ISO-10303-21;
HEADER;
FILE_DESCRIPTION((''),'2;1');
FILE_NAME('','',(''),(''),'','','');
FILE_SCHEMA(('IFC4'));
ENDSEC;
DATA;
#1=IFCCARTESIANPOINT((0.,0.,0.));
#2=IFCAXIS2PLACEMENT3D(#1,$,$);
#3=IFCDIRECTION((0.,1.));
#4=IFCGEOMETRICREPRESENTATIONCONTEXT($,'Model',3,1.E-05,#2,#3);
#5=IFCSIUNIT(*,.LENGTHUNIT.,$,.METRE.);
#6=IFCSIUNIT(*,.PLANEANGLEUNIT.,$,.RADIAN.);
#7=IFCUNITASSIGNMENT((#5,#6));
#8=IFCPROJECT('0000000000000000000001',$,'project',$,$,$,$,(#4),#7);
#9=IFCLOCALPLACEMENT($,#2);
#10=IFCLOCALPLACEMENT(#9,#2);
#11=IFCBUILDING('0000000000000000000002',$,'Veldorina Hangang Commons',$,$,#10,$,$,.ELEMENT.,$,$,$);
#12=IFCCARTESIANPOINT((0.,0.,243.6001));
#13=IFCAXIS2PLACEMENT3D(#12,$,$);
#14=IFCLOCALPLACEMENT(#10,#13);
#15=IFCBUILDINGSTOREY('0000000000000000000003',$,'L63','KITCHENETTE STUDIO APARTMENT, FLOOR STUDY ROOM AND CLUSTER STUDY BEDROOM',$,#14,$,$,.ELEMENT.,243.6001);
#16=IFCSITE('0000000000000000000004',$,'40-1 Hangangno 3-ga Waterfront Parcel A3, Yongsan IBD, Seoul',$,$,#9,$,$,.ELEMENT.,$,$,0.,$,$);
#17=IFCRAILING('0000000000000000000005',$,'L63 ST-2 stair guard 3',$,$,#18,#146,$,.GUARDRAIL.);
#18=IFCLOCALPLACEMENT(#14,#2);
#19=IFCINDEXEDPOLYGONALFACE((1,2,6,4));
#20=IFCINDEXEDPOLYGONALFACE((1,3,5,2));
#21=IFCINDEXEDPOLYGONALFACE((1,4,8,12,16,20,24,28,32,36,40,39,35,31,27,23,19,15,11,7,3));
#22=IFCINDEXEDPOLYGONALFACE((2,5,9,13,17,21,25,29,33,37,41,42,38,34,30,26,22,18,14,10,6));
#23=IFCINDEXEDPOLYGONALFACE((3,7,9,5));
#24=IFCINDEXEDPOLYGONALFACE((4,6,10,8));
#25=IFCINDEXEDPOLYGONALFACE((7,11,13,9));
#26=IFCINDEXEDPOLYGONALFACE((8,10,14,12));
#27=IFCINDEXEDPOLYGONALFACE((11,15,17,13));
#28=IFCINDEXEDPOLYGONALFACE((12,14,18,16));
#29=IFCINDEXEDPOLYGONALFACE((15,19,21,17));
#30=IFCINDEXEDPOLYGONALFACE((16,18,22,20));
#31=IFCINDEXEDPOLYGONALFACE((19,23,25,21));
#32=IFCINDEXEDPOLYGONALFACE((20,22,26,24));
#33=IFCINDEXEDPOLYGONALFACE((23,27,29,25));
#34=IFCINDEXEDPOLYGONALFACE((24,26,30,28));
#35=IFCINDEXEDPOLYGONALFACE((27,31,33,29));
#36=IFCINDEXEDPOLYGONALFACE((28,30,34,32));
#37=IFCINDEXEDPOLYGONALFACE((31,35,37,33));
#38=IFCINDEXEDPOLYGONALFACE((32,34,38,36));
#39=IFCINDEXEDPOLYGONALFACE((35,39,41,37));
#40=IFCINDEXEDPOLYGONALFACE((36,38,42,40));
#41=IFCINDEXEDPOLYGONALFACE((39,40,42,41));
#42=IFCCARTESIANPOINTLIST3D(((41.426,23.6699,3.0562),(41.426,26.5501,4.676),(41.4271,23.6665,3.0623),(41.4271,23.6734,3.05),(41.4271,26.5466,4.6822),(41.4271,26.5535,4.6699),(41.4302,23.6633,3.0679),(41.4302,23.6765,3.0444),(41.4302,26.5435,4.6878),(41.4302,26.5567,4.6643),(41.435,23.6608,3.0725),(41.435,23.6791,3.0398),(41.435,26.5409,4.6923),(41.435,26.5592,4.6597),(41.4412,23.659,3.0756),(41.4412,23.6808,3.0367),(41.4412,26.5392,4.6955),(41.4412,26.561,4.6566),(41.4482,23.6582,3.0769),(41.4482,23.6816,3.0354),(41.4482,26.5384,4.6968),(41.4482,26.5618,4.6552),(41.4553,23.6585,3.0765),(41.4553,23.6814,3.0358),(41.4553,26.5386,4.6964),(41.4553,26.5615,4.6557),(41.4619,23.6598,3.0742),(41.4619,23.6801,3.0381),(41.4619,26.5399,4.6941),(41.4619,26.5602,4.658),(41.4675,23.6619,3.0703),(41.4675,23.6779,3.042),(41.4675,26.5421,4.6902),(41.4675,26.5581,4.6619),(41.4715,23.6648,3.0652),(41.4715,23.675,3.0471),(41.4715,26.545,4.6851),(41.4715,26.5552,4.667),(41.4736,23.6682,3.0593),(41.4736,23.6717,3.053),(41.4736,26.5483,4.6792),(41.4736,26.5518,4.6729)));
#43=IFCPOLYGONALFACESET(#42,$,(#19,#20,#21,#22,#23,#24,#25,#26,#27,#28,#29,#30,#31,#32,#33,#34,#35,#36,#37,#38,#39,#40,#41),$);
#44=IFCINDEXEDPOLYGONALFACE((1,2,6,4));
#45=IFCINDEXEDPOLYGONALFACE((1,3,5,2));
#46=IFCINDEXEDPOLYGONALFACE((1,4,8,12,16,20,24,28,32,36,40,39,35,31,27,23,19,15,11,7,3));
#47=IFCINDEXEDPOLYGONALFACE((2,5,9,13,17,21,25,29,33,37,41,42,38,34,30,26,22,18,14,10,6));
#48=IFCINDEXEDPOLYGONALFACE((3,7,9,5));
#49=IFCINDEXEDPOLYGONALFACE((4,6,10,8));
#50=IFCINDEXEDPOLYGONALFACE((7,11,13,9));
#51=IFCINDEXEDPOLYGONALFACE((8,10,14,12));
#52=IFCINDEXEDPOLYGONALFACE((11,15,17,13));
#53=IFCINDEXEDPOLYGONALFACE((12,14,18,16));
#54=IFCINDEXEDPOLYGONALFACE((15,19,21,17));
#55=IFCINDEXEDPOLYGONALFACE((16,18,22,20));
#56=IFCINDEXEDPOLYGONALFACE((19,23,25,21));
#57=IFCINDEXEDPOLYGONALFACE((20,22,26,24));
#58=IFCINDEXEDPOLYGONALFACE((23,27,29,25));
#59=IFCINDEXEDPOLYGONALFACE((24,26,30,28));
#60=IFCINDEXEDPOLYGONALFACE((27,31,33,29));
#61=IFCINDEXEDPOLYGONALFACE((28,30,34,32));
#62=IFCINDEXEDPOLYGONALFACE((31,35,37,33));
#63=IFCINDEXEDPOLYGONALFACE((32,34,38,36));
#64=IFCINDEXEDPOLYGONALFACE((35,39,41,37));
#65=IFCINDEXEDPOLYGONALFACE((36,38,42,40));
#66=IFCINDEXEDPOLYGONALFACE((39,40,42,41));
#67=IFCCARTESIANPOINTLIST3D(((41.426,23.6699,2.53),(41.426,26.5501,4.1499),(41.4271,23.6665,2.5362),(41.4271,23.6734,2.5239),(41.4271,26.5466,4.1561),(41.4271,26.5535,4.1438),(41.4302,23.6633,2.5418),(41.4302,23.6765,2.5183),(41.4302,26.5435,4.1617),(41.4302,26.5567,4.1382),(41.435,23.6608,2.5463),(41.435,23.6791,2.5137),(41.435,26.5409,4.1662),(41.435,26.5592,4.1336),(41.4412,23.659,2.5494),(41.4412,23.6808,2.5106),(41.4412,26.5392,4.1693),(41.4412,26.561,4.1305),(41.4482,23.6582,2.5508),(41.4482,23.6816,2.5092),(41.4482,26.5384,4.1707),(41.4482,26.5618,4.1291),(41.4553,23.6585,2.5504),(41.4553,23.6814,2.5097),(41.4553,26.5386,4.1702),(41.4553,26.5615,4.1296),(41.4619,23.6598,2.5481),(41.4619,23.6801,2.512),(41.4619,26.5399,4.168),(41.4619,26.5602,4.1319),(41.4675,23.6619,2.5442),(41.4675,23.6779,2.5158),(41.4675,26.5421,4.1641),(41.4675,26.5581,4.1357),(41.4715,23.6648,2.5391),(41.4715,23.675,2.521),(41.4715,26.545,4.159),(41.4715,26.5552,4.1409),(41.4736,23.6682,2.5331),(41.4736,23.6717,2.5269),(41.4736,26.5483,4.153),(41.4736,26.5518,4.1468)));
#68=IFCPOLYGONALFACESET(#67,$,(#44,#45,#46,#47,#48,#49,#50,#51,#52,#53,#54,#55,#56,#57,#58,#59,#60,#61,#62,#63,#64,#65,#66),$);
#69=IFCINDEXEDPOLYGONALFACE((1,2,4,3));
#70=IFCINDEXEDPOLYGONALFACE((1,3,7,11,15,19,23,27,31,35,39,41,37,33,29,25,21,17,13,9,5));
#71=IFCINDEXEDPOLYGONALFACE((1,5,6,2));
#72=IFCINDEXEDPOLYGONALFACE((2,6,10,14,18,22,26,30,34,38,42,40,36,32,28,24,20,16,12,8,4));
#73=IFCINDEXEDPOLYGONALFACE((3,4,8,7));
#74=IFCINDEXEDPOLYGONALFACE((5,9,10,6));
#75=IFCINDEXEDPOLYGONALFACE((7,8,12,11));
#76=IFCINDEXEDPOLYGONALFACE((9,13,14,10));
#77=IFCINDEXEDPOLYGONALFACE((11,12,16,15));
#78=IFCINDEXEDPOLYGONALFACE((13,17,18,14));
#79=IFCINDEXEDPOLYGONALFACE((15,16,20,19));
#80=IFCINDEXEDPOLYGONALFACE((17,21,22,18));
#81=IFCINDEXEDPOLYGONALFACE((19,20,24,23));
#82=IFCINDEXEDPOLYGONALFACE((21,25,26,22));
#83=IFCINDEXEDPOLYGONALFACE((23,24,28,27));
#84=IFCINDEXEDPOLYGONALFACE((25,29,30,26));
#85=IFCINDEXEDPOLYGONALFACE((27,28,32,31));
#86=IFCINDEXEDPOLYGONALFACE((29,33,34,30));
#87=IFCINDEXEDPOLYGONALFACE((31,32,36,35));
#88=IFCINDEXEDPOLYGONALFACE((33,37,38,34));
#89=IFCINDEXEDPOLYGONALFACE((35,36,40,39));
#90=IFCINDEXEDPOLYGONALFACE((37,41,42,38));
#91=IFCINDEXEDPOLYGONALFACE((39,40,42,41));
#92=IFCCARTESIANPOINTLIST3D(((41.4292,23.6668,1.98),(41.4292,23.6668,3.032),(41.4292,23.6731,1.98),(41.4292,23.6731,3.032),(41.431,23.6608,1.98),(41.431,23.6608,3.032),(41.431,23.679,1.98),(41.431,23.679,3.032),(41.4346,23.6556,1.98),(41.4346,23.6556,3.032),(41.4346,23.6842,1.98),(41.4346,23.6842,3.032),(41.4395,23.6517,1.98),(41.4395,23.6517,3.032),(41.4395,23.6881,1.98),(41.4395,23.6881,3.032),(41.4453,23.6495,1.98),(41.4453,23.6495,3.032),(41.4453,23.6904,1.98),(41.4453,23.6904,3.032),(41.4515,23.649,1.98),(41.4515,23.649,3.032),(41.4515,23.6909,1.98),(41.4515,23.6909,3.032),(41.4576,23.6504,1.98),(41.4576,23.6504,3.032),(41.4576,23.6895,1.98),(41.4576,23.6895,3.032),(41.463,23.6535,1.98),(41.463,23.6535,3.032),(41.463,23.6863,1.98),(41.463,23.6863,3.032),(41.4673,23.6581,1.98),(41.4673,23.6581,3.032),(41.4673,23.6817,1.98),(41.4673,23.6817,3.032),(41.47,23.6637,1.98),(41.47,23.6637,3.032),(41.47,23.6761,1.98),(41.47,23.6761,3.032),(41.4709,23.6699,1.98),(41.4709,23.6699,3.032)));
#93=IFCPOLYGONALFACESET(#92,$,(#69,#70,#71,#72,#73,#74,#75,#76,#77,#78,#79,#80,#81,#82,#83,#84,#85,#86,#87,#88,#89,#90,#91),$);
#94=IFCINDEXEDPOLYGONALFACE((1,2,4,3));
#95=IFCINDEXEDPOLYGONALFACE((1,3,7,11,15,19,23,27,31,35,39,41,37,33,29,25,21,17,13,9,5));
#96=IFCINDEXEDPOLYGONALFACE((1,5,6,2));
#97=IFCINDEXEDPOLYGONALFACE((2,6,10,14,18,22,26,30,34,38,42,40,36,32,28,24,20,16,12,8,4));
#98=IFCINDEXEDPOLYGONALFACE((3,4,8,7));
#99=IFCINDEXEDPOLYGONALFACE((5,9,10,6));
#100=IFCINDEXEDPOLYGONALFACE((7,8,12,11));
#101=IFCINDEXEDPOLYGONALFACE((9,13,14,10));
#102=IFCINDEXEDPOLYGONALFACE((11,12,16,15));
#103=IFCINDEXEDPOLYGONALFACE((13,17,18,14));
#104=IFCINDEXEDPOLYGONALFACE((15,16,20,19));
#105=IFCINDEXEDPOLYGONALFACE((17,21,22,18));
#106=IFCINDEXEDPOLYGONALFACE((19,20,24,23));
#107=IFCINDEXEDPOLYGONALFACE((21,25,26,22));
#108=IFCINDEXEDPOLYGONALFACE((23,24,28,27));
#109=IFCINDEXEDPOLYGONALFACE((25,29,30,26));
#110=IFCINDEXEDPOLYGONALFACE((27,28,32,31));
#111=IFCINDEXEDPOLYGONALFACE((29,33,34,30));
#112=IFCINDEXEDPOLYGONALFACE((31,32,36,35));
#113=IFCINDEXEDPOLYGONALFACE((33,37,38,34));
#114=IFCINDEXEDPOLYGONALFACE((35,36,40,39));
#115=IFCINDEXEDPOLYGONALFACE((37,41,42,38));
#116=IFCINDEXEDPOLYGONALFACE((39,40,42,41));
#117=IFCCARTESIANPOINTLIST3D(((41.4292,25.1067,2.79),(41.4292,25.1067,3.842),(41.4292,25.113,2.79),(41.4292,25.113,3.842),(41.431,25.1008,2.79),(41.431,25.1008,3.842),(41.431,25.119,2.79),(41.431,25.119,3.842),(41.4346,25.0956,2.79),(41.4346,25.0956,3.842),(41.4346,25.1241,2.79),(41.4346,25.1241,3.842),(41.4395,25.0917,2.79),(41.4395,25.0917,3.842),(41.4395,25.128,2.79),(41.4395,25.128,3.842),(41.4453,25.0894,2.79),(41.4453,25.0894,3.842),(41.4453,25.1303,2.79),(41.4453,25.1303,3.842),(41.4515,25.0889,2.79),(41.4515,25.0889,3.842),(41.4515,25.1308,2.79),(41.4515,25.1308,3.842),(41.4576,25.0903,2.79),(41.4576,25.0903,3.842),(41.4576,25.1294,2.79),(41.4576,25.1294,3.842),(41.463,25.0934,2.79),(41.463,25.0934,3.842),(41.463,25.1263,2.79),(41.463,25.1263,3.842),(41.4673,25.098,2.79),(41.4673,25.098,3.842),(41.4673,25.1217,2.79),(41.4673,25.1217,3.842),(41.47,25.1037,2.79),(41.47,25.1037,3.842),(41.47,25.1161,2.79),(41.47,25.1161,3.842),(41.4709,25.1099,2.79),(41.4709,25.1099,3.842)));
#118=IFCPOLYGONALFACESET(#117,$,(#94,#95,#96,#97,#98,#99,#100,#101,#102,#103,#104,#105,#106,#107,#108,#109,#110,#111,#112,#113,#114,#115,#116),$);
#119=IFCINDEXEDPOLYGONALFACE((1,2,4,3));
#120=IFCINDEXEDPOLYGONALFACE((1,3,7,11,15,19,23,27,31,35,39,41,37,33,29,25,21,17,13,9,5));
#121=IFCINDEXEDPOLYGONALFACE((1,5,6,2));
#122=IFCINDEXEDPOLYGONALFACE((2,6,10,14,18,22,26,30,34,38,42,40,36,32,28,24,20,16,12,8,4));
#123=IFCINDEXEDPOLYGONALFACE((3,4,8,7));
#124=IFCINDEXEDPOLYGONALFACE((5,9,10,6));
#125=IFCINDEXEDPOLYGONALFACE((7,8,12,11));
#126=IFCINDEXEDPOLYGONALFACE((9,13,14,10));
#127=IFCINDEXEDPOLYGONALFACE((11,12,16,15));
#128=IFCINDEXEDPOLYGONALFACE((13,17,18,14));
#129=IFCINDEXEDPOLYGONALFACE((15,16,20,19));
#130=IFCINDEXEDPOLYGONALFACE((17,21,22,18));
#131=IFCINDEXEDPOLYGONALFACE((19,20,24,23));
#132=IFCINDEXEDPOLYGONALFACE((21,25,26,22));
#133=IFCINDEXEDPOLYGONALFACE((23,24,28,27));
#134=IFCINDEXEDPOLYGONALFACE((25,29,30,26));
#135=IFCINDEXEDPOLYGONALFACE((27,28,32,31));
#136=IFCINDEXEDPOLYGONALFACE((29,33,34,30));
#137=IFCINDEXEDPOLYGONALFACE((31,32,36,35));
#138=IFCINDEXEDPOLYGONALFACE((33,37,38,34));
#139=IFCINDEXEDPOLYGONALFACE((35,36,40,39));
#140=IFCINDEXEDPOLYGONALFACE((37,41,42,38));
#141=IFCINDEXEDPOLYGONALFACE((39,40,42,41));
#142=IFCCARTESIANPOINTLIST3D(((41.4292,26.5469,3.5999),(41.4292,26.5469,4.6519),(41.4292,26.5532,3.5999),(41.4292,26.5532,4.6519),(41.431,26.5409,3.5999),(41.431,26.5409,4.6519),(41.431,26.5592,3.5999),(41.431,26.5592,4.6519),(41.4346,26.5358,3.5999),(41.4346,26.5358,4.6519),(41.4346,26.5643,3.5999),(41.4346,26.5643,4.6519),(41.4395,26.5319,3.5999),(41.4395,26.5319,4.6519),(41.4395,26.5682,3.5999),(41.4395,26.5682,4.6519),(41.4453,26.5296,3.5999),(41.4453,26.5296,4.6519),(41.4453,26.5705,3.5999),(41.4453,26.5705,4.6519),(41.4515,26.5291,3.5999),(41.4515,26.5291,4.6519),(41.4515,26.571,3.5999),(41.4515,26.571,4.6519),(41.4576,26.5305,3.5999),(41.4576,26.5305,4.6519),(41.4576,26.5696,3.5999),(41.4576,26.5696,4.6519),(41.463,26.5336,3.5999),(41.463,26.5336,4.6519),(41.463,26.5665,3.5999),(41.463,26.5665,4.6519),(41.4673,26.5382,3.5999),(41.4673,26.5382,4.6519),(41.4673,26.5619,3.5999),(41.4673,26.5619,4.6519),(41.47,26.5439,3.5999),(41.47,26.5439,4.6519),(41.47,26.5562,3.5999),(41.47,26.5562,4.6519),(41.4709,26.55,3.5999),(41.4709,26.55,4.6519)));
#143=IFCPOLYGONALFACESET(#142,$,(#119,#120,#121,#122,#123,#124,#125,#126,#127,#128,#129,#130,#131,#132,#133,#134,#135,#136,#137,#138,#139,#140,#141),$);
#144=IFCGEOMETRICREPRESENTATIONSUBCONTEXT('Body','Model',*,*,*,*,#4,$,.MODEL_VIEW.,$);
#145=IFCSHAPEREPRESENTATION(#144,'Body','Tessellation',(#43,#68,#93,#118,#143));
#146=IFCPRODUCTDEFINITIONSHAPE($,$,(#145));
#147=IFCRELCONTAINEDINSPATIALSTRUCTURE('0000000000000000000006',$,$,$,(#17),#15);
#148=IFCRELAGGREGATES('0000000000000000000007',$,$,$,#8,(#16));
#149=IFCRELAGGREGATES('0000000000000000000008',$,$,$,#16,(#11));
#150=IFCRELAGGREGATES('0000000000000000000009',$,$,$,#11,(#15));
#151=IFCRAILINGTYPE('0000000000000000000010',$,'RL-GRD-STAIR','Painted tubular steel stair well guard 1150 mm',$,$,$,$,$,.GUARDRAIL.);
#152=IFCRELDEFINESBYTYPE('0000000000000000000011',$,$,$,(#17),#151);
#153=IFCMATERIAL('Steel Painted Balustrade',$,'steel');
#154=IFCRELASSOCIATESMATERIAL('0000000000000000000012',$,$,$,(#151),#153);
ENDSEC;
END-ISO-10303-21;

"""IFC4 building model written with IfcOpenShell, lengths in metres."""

from ifc_helpers import new_model, si_unit, direction, frame, origin, origin_2d, place, context, subcontext, project, spatial, circle, extrude, material, type_object, element, save


model = new_model("IFC4")

# Units and contexts
model_context = context("Model", 3, precision=1e-05, world=origin(), true_north=direction((0.0, 1.0)))
body_context = subcontext(model_context, "Body", "Model", "MODEL_VIEW")
ifc_project = project(units=[si_unit("LENGTHUNIT", "METRE"), si_unit("PLANEANGLEUNIT", "RADIAN")], contexts=[model_context])

# Site, building, storey
site_placement = place(None, origin())
site = spatial("IfcSite", under=ifc_project, at=site_placement, Name="40-1 Hangangno 3-ga Waterfront Parcel A3, Yongsan IBD, Seoul", CompositionType="ELEMENT", RefElevation=0.0)
building_placement = place(site_placement, origin())
building = spatial("IfcBuilding", under=site, at=building_placement, Name="Veldorina Hangang Commons", CompositionType="ELEMENT")
storey_placement = place(building_placement, frame((0.0, 0.0, 243.6001)))
storey = spatial("IfcBuildingStorey", under=building, at=storey_placement, Name="L63", Description="KITCHENETTE STUDIO APARTMENT, FLOOR STUDY ROOM AND CLUSTER STUDY BEDROOM", CompositionType="ELEMENT", Elevation=243.6001)

# Railing
ifc_material_1 = material(Name="Steel Painted Balustrade", Category="steel")
railing_type_1 = type_object("IfcRailingType", Name="RL-GRD-STAIR", Description="Painted tubular steel stair well guard 1150 mm", PredefinedType="GUARDRAIL", material=ifc_material_1)
railing_1_placement = place(storey_placement, frame((41.45, 23.6699, 1.98)))
element("IfcRailing", 1, at=railing_1_placement, inside=storey, type_object=railing_type_1, Name="L63 ST-2 stair guard 3", PredefinedType="GUARDRAIL", context=body_context, shape_type="SweptSolid", body=[
    extrude(circle(Radius=0.0239, at=origin_2d()), frame((0.0, 0.0, 1.0762), z_axis=(0.0, 0.871601, 0.490216), x_axis=(-1.0, 0.0, 0.0)), (0.0, 0.0, 1.0), 3.3044),
    extrude(circle(Radius=0.0239, at=origin_2d()), frame((0.0, 0.0, 0.55), z_axis=(0.0, 0.871601, 0.490216), x_axis=(-1.0, 0.0, 0.0)), (0.0, 0.0, 1.0), 3.3044),
    extrude(circle(Radius=0.021, at=origin_2d()), origin(), (0.0, 0.0, 1.0), 1.052),
    extrude(circle(Radius=0.021, at=origin_2d()), frame((0.0, 1.4399, 0.8101)), (0.0, 0.0, 1.0), 1.052),
    extrude(circle(Radius=0.021, at=origin_2d()), frame((0.0, 2.8801, 1.6199)), (0.0, 0.0, 1.0), 1.052),
])

save(model, "model.ifc")
